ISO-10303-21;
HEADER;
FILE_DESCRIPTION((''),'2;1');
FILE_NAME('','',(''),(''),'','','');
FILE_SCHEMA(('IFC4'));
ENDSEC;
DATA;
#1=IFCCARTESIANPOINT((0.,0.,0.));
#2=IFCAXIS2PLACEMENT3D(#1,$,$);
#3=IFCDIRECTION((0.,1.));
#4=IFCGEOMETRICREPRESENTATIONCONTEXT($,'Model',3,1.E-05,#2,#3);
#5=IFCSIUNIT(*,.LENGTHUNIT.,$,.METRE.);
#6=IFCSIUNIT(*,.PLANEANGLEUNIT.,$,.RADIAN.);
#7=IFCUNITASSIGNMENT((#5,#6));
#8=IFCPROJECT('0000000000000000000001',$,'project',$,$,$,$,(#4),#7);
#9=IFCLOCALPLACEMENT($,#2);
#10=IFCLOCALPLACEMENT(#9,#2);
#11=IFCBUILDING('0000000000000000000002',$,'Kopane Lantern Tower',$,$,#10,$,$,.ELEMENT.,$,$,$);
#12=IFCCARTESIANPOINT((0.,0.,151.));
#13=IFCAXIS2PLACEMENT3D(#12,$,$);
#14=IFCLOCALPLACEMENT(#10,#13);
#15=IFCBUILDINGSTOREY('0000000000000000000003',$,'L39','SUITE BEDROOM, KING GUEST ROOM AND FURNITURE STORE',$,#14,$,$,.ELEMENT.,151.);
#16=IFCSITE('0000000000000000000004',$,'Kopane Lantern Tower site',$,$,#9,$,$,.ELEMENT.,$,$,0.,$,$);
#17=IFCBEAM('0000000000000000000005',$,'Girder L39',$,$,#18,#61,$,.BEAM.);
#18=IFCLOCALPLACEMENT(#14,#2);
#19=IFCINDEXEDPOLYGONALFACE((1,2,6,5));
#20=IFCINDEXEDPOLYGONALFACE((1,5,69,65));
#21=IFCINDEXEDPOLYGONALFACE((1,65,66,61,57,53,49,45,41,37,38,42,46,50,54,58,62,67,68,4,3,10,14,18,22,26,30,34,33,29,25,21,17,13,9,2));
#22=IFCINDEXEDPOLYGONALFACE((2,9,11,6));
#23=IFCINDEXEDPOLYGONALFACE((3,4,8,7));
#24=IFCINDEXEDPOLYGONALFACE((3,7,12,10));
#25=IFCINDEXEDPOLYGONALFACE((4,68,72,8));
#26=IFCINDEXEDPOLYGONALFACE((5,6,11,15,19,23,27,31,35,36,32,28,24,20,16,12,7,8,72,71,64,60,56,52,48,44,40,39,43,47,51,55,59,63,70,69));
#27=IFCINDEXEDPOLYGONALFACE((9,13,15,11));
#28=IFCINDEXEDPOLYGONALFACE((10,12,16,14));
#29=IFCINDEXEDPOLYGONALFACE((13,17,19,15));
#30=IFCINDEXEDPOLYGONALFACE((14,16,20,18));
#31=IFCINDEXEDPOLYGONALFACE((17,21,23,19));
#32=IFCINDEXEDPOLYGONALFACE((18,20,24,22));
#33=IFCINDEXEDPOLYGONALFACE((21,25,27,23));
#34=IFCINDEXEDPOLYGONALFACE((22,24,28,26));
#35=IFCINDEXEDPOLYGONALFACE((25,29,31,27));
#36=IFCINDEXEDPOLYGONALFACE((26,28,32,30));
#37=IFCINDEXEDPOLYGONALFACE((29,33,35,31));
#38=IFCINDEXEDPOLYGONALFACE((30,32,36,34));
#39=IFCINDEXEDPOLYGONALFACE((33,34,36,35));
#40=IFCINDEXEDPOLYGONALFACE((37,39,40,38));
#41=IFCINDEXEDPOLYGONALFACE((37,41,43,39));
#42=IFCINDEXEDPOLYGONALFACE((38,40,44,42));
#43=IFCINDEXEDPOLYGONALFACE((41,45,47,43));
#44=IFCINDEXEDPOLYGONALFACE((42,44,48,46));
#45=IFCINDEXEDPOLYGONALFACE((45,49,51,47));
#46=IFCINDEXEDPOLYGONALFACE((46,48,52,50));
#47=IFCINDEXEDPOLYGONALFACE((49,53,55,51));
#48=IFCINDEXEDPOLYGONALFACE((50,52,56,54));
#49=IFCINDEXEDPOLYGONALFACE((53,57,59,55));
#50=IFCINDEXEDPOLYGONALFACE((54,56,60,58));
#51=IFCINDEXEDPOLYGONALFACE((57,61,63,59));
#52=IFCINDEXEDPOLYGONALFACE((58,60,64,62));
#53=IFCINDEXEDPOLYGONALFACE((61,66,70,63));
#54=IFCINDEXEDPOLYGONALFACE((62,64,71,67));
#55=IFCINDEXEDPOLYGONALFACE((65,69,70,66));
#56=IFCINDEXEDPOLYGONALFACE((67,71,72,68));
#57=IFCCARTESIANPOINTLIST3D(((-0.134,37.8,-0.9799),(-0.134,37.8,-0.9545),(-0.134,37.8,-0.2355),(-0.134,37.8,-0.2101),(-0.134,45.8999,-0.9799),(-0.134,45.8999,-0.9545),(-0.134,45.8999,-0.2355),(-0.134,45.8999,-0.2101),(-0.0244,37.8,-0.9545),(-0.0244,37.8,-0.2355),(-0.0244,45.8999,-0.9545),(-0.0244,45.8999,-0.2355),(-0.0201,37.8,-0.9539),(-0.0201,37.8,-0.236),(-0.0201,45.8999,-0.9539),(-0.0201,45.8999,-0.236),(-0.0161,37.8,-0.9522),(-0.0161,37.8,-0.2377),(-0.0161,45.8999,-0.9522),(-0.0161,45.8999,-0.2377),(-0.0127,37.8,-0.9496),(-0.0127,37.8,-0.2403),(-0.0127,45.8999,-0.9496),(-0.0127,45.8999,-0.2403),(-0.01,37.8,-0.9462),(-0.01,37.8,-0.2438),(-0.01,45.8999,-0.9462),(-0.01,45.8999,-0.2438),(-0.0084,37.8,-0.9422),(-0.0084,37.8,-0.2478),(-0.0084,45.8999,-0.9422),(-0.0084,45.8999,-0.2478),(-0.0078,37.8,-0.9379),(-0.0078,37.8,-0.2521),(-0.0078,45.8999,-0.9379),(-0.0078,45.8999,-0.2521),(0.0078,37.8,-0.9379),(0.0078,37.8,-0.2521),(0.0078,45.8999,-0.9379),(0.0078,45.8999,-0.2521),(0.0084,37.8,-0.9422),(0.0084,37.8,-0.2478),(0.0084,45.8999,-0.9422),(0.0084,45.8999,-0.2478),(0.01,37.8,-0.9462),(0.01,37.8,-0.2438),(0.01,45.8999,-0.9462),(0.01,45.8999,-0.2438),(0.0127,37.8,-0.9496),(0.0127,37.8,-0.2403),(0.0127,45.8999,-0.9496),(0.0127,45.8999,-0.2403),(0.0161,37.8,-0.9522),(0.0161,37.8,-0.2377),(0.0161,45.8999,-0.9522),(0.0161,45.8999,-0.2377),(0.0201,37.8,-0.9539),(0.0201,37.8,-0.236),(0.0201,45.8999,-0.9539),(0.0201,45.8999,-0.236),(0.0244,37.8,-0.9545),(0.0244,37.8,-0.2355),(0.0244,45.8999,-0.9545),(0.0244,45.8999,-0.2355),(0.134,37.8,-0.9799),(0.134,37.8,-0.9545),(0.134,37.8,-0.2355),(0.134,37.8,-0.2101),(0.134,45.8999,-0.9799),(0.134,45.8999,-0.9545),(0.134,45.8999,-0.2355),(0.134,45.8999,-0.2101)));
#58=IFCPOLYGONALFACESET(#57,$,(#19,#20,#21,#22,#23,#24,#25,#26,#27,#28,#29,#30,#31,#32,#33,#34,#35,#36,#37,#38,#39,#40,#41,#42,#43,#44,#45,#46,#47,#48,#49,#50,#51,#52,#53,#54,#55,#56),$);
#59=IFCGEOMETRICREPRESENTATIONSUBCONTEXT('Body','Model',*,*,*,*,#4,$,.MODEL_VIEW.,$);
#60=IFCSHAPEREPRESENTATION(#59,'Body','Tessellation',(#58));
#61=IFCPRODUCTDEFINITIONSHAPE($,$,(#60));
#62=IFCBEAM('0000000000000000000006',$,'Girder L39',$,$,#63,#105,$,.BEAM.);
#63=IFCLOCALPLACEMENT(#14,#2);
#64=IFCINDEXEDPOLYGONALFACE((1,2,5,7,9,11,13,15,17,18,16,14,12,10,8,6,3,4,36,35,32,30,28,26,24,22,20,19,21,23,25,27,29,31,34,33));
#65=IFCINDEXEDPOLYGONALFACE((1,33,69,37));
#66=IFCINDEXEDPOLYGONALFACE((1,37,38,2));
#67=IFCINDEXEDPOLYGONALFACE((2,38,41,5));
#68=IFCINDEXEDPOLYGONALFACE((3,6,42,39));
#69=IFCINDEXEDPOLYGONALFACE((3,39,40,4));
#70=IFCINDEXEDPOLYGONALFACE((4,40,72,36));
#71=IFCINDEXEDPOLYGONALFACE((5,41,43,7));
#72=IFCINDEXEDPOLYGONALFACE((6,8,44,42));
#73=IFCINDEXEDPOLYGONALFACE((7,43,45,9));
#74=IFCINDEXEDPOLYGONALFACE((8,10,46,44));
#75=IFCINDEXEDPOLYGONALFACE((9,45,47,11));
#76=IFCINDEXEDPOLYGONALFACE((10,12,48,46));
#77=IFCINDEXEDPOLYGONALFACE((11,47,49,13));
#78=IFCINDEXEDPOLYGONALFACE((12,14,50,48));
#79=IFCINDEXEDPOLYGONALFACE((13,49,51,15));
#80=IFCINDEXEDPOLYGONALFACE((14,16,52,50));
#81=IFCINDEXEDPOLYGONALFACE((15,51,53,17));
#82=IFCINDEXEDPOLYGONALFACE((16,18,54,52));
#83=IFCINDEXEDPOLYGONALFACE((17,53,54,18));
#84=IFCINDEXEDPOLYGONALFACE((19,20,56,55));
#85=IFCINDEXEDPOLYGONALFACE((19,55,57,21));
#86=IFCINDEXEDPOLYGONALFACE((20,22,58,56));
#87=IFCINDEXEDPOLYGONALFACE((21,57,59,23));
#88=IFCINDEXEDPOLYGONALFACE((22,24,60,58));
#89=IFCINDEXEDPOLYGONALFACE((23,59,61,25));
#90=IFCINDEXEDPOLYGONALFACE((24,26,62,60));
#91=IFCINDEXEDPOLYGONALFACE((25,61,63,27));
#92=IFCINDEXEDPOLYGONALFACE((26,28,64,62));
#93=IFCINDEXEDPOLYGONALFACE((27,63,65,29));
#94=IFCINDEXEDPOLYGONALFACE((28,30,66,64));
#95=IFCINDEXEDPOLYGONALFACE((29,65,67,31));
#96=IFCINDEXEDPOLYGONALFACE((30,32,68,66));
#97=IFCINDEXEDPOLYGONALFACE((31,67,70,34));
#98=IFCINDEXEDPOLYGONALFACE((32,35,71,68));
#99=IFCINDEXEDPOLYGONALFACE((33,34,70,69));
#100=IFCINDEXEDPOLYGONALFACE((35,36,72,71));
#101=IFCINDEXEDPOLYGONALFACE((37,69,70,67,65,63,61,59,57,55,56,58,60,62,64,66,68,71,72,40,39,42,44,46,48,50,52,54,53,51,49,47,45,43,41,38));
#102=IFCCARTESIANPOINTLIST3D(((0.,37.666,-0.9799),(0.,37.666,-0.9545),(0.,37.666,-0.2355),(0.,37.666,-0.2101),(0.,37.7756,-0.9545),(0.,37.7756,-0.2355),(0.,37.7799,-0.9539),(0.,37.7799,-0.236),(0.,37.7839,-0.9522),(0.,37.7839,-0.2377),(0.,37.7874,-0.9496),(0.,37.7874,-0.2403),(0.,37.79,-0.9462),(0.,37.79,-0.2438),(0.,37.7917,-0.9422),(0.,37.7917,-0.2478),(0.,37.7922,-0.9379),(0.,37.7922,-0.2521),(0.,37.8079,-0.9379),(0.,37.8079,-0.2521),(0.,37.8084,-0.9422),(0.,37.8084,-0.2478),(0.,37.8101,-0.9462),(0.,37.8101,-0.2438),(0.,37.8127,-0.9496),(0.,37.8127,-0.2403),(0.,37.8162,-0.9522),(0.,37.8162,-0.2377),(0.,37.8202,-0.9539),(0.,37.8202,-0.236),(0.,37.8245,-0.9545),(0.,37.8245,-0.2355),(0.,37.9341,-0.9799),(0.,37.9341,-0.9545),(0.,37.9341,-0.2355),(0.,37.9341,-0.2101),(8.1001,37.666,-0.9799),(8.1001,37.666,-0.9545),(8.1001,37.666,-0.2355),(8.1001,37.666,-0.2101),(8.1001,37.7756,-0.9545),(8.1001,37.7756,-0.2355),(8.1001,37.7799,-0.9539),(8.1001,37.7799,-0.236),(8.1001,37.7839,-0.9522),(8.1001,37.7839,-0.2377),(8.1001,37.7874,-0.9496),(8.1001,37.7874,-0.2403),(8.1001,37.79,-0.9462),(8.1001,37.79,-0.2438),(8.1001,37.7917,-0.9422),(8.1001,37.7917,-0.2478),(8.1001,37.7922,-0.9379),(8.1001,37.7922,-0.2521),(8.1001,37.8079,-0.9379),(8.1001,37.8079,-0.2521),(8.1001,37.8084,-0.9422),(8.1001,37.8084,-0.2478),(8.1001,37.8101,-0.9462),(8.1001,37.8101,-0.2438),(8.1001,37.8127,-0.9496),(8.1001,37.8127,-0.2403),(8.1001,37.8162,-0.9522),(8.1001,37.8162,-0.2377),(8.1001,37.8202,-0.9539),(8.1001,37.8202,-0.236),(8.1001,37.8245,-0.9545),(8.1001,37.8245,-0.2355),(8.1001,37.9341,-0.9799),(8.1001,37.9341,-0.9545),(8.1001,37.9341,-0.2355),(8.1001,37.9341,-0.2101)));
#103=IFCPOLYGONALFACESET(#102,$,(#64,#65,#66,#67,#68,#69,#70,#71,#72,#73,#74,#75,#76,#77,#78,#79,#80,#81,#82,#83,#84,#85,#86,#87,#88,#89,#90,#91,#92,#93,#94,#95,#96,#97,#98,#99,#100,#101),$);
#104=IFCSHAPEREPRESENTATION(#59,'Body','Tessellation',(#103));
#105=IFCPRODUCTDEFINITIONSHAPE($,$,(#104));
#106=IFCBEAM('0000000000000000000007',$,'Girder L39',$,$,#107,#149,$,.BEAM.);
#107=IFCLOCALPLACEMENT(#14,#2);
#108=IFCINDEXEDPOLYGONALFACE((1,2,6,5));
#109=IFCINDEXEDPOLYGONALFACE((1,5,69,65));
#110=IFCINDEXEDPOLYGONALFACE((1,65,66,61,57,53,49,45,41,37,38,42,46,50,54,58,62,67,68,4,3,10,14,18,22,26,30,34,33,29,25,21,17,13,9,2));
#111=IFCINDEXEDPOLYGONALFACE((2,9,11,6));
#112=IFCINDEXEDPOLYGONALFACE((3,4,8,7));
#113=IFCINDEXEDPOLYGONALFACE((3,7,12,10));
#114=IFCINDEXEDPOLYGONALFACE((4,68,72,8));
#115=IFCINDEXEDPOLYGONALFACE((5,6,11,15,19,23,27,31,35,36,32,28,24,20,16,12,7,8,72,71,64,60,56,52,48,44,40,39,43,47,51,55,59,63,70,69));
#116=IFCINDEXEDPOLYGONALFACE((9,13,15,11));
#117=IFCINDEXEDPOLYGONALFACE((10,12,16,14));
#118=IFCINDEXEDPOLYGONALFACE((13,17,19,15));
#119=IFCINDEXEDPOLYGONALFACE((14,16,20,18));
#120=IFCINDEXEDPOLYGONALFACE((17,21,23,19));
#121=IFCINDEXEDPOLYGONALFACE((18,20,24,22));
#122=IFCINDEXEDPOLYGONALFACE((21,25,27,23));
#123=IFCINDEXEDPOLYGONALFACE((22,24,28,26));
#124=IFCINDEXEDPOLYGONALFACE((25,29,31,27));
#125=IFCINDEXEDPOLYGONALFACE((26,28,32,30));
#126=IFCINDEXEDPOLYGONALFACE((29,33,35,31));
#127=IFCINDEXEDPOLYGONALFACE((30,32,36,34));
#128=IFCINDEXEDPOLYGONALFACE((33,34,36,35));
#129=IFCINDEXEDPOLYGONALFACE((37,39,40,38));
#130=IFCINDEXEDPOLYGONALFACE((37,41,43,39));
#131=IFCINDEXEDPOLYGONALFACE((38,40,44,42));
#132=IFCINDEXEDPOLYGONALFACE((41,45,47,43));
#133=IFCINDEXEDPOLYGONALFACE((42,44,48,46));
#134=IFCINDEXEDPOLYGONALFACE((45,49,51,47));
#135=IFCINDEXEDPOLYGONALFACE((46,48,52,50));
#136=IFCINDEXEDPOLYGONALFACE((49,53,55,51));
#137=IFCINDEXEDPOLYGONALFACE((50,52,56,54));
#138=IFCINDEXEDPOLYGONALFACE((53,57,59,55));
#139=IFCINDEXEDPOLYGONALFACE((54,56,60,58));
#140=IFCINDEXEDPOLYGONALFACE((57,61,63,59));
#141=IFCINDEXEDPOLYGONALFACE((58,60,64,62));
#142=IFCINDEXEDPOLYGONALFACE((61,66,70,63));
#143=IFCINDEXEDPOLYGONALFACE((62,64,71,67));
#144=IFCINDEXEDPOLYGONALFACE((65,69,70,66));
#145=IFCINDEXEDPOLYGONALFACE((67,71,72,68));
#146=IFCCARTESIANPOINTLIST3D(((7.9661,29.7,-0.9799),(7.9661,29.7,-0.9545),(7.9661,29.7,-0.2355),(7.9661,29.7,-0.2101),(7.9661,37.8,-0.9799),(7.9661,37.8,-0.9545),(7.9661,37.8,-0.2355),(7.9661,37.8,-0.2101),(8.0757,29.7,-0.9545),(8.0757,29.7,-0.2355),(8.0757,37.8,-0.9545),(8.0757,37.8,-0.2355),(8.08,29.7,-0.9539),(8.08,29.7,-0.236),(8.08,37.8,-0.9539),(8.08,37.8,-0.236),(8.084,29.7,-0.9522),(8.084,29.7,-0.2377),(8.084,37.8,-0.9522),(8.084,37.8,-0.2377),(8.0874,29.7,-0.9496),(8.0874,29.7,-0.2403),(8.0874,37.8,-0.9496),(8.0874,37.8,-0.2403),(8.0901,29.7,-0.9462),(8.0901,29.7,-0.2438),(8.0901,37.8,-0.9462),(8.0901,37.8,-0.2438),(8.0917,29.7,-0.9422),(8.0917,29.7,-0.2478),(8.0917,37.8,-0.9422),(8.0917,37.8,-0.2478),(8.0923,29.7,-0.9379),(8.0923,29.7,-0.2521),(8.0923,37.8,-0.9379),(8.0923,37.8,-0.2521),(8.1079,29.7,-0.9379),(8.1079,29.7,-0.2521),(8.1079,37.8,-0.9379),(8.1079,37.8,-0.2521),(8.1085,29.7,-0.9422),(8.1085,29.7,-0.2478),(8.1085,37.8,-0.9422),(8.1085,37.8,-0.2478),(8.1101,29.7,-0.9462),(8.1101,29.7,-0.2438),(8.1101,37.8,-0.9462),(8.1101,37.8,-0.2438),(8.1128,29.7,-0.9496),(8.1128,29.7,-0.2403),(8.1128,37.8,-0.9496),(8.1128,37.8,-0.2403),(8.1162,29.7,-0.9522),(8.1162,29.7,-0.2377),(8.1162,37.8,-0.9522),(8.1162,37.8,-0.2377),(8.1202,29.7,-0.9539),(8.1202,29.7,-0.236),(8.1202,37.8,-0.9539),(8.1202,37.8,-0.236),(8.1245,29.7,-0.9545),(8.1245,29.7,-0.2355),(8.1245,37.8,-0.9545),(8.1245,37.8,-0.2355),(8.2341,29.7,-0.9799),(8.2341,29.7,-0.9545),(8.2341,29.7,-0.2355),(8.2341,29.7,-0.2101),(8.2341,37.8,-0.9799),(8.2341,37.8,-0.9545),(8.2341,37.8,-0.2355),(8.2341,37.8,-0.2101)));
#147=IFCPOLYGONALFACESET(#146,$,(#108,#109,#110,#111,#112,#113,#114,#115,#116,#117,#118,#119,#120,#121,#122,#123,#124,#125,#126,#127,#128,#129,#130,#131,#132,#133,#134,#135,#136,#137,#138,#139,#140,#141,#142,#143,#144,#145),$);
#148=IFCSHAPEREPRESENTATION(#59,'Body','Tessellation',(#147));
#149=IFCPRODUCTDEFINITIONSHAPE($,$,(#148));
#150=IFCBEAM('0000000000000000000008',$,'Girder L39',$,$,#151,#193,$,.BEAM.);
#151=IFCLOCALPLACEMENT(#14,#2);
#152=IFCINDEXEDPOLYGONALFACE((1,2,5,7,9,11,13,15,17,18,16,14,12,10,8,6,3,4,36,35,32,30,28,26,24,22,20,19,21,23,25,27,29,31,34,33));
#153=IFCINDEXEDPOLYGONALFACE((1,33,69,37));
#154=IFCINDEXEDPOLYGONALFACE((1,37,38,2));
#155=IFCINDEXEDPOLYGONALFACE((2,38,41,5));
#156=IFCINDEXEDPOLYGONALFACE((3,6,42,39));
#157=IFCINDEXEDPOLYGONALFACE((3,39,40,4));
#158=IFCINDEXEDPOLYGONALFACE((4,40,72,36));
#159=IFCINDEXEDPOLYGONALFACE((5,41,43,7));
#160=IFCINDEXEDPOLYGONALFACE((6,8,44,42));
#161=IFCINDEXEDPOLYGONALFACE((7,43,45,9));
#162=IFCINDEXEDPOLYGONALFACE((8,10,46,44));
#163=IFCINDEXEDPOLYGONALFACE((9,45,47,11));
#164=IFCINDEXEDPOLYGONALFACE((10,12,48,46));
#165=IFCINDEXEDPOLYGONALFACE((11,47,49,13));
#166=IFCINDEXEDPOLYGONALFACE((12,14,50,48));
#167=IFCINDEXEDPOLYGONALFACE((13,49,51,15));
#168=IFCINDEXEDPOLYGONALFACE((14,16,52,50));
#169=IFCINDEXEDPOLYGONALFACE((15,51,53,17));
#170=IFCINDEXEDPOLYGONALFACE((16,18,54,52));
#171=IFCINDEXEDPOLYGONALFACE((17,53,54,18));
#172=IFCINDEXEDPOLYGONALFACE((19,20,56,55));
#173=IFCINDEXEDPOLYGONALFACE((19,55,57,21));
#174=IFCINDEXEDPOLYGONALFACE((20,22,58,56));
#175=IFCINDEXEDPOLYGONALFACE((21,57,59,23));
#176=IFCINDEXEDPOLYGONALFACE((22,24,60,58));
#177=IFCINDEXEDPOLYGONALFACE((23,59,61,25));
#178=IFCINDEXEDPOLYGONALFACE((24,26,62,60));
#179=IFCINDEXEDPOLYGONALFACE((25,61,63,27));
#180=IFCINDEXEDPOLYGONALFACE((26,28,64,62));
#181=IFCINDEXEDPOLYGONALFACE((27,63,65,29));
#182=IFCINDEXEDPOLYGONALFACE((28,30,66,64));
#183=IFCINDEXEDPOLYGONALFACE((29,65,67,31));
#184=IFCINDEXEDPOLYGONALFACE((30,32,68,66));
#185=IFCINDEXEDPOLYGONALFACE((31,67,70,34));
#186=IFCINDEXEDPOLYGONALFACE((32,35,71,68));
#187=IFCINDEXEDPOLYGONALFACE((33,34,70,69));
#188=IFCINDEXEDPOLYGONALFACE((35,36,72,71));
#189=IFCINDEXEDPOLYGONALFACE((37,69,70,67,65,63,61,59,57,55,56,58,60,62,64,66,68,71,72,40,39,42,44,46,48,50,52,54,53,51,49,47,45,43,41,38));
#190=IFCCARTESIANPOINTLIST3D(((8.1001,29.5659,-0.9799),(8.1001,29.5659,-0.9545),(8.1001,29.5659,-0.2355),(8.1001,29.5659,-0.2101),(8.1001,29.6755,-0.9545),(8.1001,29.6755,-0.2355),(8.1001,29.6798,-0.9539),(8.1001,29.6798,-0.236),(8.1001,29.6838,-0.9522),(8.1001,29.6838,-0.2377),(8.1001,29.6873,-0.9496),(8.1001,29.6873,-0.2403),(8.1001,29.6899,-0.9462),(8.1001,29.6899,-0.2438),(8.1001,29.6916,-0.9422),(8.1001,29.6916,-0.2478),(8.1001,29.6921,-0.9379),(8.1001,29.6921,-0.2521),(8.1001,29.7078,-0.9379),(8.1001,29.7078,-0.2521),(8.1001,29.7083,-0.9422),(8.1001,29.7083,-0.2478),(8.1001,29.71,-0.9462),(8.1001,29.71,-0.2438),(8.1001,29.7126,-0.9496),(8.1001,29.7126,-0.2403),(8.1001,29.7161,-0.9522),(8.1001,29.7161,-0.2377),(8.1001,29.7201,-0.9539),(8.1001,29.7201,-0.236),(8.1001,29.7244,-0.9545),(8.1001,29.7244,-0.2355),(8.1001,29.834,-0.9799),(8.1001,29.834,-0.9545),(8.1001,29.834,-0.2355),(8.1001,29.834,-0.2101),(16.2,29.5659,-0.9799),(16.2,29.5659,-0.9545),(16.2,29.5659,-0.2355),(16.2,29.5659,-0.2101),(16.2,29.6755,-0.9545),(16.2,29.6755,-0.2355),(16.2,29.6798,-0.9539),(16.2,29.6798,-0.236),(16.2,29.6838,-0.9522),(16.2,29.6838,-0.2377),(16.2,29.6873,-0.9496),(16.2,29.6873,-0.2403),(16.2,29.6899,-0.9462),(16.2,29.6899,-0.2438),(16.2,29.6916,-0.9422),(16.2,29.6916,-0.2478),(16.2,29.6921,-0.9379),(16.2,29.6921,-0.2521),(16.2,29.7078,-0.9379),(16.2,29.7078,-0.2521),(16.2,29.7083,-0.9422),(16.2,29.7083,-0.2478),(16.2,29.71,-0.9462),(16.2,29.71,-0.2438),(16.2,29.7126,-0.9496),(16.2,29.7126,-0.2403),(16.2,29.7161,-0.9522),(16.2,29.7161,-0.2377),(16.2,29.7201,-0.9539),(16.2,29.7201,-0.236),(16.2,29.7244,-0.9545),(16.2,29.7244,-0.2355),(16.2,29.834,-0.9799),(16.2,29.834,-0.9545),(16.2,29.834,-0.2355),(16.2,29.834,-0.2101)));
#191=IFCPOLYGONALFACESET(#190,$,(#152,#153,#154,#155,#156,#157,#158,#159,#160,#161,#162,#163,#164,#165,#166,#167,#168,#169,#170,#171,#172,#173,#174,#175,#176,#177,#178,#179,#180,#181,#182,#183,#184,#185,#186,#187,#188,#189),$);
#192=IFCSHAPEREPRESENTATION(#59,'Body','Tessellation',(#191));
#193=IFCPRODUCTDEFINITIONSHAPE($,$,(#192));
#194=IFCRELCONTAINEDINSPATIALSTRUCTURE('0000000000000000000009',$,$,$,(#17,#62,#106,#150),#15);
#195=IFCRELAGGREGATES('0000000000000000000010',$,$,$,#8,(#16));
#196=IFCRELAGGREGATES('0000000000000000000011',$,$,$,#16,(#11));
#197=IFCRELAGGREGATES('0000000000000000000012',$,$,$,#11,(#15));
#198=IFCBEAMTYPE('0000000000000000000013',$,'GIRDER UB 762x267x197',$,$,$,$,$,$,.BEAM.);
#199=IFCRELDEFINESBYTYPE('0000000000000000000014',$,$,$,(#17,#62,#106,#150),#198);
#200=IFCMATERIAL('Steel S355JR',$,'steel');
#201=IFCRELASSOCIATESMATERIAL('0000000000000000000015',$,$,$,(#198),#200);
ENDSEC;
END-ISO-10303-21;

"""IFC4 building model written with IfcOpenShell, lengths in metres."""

from ifc_helpers import new_model, si_unit, direction, frame, origin, origin_2d, place, context, subcontext, project, spatial, i_section, extrude, material, material_profile, profile_set, type_object, element, save


model = new_model("IFC4")

# Units and contexts
model_context = context("Model", 3, precision=1e-05, world=origin(), true_north=direction((0.0, 1.0)))
body_context = subcontext(model_context, "Body", "Model", "MODEL_VIEW")
ifc_project = project(units=[si_unit("LENGTHUNIT", "METRE"), si_unit("PLANEANGLEUNIT", "RADIAN")], contexts=[model_context])

# Site, building, storey
site_placement = place(None, origin())
site = spatial("IfcSite", under=ifc_project, at=site_placement, Name="Kopane Lantern Tower site", CompositionType="ELEMENT", RefElevation=0.0)
building_placement = place(site_placement, origin())
building = spatial("IfcBuilding", under=site, at=building_placement, Name="Kopane Lantern Tower", CompositionType="ELEMENT")
storey_placement = place(building_placement, frame((0.0, 0.0, 151.0)))
storey = spatial("IfcBuildingStorey", under=building, at=storey_placement, Name="L39", Description="SUITE BEDROOM, KING GUEST ROOM AND FURNITURE STORE", CompositionType="ELEMENT", Elevation=151.0)

# Beams
ifc_material_1 = material(Name="Steel S355JR", Category="steel")
ifc_material_profile_1 = material_profile(ifc_material_1, i_section(OverallWidth=0.2681, OverallDepth=0.7698, WebThickness=0.0156, FlangeThickness=0.0254, FilletRadius=0.0166, at=origin_2d()), Name="UB 762x267x197")
ifc_profile_set_1 = profile_set([ifc_material_profile_1], Name="Steel S355JR")
beam_type = type_object("IfcBeamType", Name="GIRDER UB 762x267x197", PredefinedType="BEAM", material=ifc_profile_set_1)
beam_placement = place(storey_placement, frame((0.0, 37.8, -0.595), z_axis=(0.0, 1.0, 0.0), x_axis=(-1.0, 0.0, 0.0)))
element("IfcBeam", 1, at=beam_placement, inside=storey, type_object=beam_type, Name="Girder L39", PredefinedType="BEAM", context=body_context, shape_type="SweptSolid", body=[
    extrude(i_section(OverallWidth=0.2681, OverallDepth=0.7698, WebThickness=0.0156, FlangeThickness=0.0254, FilletRadius=0.0166, at=origin_2d()), origin(), (0.0, 0.0, 1.0), 8.0999),
])
for number, where, z_axis, x_axis, name in (
    (2, (0.0, 37.8, -0.595), (1.0, 0.0, 0.0), (0.0, 1.0, 0.0), "Girder L39"),
    (3, (8.1001, 29.7, -0.595), (0.0, 1.0, 0.0), (-1.0, 0.0, 0.0), "Girder L39"),
):
    element("IfcBeam", number, at=place(storey_placement, frame(where, z_axis=z_axis, x_axis=x_axis)), inside=storey, type_object=beam_type, Name=name, PredefinedType="BEAM", context=body_context, shape_type="SweptSolid", body=[
        extrude(i_section(OverallWidth=0.2681, OverallDepth=0.7698, WebThickness=0.0156, FlangeThickness=0.0254, FilletRadius=0.0166, at=origin_2d()), origin(), (0.0, 0.0, 1.0), 8.1001),
    ])
for number, where, z_axis, x_axis, name in (
    (4, (8.1001, 29.7, -0.595), (1.0, 0.0, 0.0), (0.0, 1.0, 0.0), "Girder L39"),
):
    element("IfcBeam", number, at=place(storey_placement, frame(where, z_axis=z_axis, x_axis=x_axis)), inside=storey, type_object=beam_type, Name=name, PredefinedType="BEAM", context=body_context, shape_type="SweptSolid", body=[
        extrude(i_section(OverallWidth=0.2681, OverallDepth=0.7698, WebThickness=0.0156, FlangeThickness=0.0254, FilletRadius=0.0166, at=origin_2d()), origin(), (0.0, 0.0, 1.0), 8.0999),
    ])

save(model, "model.ifc")
